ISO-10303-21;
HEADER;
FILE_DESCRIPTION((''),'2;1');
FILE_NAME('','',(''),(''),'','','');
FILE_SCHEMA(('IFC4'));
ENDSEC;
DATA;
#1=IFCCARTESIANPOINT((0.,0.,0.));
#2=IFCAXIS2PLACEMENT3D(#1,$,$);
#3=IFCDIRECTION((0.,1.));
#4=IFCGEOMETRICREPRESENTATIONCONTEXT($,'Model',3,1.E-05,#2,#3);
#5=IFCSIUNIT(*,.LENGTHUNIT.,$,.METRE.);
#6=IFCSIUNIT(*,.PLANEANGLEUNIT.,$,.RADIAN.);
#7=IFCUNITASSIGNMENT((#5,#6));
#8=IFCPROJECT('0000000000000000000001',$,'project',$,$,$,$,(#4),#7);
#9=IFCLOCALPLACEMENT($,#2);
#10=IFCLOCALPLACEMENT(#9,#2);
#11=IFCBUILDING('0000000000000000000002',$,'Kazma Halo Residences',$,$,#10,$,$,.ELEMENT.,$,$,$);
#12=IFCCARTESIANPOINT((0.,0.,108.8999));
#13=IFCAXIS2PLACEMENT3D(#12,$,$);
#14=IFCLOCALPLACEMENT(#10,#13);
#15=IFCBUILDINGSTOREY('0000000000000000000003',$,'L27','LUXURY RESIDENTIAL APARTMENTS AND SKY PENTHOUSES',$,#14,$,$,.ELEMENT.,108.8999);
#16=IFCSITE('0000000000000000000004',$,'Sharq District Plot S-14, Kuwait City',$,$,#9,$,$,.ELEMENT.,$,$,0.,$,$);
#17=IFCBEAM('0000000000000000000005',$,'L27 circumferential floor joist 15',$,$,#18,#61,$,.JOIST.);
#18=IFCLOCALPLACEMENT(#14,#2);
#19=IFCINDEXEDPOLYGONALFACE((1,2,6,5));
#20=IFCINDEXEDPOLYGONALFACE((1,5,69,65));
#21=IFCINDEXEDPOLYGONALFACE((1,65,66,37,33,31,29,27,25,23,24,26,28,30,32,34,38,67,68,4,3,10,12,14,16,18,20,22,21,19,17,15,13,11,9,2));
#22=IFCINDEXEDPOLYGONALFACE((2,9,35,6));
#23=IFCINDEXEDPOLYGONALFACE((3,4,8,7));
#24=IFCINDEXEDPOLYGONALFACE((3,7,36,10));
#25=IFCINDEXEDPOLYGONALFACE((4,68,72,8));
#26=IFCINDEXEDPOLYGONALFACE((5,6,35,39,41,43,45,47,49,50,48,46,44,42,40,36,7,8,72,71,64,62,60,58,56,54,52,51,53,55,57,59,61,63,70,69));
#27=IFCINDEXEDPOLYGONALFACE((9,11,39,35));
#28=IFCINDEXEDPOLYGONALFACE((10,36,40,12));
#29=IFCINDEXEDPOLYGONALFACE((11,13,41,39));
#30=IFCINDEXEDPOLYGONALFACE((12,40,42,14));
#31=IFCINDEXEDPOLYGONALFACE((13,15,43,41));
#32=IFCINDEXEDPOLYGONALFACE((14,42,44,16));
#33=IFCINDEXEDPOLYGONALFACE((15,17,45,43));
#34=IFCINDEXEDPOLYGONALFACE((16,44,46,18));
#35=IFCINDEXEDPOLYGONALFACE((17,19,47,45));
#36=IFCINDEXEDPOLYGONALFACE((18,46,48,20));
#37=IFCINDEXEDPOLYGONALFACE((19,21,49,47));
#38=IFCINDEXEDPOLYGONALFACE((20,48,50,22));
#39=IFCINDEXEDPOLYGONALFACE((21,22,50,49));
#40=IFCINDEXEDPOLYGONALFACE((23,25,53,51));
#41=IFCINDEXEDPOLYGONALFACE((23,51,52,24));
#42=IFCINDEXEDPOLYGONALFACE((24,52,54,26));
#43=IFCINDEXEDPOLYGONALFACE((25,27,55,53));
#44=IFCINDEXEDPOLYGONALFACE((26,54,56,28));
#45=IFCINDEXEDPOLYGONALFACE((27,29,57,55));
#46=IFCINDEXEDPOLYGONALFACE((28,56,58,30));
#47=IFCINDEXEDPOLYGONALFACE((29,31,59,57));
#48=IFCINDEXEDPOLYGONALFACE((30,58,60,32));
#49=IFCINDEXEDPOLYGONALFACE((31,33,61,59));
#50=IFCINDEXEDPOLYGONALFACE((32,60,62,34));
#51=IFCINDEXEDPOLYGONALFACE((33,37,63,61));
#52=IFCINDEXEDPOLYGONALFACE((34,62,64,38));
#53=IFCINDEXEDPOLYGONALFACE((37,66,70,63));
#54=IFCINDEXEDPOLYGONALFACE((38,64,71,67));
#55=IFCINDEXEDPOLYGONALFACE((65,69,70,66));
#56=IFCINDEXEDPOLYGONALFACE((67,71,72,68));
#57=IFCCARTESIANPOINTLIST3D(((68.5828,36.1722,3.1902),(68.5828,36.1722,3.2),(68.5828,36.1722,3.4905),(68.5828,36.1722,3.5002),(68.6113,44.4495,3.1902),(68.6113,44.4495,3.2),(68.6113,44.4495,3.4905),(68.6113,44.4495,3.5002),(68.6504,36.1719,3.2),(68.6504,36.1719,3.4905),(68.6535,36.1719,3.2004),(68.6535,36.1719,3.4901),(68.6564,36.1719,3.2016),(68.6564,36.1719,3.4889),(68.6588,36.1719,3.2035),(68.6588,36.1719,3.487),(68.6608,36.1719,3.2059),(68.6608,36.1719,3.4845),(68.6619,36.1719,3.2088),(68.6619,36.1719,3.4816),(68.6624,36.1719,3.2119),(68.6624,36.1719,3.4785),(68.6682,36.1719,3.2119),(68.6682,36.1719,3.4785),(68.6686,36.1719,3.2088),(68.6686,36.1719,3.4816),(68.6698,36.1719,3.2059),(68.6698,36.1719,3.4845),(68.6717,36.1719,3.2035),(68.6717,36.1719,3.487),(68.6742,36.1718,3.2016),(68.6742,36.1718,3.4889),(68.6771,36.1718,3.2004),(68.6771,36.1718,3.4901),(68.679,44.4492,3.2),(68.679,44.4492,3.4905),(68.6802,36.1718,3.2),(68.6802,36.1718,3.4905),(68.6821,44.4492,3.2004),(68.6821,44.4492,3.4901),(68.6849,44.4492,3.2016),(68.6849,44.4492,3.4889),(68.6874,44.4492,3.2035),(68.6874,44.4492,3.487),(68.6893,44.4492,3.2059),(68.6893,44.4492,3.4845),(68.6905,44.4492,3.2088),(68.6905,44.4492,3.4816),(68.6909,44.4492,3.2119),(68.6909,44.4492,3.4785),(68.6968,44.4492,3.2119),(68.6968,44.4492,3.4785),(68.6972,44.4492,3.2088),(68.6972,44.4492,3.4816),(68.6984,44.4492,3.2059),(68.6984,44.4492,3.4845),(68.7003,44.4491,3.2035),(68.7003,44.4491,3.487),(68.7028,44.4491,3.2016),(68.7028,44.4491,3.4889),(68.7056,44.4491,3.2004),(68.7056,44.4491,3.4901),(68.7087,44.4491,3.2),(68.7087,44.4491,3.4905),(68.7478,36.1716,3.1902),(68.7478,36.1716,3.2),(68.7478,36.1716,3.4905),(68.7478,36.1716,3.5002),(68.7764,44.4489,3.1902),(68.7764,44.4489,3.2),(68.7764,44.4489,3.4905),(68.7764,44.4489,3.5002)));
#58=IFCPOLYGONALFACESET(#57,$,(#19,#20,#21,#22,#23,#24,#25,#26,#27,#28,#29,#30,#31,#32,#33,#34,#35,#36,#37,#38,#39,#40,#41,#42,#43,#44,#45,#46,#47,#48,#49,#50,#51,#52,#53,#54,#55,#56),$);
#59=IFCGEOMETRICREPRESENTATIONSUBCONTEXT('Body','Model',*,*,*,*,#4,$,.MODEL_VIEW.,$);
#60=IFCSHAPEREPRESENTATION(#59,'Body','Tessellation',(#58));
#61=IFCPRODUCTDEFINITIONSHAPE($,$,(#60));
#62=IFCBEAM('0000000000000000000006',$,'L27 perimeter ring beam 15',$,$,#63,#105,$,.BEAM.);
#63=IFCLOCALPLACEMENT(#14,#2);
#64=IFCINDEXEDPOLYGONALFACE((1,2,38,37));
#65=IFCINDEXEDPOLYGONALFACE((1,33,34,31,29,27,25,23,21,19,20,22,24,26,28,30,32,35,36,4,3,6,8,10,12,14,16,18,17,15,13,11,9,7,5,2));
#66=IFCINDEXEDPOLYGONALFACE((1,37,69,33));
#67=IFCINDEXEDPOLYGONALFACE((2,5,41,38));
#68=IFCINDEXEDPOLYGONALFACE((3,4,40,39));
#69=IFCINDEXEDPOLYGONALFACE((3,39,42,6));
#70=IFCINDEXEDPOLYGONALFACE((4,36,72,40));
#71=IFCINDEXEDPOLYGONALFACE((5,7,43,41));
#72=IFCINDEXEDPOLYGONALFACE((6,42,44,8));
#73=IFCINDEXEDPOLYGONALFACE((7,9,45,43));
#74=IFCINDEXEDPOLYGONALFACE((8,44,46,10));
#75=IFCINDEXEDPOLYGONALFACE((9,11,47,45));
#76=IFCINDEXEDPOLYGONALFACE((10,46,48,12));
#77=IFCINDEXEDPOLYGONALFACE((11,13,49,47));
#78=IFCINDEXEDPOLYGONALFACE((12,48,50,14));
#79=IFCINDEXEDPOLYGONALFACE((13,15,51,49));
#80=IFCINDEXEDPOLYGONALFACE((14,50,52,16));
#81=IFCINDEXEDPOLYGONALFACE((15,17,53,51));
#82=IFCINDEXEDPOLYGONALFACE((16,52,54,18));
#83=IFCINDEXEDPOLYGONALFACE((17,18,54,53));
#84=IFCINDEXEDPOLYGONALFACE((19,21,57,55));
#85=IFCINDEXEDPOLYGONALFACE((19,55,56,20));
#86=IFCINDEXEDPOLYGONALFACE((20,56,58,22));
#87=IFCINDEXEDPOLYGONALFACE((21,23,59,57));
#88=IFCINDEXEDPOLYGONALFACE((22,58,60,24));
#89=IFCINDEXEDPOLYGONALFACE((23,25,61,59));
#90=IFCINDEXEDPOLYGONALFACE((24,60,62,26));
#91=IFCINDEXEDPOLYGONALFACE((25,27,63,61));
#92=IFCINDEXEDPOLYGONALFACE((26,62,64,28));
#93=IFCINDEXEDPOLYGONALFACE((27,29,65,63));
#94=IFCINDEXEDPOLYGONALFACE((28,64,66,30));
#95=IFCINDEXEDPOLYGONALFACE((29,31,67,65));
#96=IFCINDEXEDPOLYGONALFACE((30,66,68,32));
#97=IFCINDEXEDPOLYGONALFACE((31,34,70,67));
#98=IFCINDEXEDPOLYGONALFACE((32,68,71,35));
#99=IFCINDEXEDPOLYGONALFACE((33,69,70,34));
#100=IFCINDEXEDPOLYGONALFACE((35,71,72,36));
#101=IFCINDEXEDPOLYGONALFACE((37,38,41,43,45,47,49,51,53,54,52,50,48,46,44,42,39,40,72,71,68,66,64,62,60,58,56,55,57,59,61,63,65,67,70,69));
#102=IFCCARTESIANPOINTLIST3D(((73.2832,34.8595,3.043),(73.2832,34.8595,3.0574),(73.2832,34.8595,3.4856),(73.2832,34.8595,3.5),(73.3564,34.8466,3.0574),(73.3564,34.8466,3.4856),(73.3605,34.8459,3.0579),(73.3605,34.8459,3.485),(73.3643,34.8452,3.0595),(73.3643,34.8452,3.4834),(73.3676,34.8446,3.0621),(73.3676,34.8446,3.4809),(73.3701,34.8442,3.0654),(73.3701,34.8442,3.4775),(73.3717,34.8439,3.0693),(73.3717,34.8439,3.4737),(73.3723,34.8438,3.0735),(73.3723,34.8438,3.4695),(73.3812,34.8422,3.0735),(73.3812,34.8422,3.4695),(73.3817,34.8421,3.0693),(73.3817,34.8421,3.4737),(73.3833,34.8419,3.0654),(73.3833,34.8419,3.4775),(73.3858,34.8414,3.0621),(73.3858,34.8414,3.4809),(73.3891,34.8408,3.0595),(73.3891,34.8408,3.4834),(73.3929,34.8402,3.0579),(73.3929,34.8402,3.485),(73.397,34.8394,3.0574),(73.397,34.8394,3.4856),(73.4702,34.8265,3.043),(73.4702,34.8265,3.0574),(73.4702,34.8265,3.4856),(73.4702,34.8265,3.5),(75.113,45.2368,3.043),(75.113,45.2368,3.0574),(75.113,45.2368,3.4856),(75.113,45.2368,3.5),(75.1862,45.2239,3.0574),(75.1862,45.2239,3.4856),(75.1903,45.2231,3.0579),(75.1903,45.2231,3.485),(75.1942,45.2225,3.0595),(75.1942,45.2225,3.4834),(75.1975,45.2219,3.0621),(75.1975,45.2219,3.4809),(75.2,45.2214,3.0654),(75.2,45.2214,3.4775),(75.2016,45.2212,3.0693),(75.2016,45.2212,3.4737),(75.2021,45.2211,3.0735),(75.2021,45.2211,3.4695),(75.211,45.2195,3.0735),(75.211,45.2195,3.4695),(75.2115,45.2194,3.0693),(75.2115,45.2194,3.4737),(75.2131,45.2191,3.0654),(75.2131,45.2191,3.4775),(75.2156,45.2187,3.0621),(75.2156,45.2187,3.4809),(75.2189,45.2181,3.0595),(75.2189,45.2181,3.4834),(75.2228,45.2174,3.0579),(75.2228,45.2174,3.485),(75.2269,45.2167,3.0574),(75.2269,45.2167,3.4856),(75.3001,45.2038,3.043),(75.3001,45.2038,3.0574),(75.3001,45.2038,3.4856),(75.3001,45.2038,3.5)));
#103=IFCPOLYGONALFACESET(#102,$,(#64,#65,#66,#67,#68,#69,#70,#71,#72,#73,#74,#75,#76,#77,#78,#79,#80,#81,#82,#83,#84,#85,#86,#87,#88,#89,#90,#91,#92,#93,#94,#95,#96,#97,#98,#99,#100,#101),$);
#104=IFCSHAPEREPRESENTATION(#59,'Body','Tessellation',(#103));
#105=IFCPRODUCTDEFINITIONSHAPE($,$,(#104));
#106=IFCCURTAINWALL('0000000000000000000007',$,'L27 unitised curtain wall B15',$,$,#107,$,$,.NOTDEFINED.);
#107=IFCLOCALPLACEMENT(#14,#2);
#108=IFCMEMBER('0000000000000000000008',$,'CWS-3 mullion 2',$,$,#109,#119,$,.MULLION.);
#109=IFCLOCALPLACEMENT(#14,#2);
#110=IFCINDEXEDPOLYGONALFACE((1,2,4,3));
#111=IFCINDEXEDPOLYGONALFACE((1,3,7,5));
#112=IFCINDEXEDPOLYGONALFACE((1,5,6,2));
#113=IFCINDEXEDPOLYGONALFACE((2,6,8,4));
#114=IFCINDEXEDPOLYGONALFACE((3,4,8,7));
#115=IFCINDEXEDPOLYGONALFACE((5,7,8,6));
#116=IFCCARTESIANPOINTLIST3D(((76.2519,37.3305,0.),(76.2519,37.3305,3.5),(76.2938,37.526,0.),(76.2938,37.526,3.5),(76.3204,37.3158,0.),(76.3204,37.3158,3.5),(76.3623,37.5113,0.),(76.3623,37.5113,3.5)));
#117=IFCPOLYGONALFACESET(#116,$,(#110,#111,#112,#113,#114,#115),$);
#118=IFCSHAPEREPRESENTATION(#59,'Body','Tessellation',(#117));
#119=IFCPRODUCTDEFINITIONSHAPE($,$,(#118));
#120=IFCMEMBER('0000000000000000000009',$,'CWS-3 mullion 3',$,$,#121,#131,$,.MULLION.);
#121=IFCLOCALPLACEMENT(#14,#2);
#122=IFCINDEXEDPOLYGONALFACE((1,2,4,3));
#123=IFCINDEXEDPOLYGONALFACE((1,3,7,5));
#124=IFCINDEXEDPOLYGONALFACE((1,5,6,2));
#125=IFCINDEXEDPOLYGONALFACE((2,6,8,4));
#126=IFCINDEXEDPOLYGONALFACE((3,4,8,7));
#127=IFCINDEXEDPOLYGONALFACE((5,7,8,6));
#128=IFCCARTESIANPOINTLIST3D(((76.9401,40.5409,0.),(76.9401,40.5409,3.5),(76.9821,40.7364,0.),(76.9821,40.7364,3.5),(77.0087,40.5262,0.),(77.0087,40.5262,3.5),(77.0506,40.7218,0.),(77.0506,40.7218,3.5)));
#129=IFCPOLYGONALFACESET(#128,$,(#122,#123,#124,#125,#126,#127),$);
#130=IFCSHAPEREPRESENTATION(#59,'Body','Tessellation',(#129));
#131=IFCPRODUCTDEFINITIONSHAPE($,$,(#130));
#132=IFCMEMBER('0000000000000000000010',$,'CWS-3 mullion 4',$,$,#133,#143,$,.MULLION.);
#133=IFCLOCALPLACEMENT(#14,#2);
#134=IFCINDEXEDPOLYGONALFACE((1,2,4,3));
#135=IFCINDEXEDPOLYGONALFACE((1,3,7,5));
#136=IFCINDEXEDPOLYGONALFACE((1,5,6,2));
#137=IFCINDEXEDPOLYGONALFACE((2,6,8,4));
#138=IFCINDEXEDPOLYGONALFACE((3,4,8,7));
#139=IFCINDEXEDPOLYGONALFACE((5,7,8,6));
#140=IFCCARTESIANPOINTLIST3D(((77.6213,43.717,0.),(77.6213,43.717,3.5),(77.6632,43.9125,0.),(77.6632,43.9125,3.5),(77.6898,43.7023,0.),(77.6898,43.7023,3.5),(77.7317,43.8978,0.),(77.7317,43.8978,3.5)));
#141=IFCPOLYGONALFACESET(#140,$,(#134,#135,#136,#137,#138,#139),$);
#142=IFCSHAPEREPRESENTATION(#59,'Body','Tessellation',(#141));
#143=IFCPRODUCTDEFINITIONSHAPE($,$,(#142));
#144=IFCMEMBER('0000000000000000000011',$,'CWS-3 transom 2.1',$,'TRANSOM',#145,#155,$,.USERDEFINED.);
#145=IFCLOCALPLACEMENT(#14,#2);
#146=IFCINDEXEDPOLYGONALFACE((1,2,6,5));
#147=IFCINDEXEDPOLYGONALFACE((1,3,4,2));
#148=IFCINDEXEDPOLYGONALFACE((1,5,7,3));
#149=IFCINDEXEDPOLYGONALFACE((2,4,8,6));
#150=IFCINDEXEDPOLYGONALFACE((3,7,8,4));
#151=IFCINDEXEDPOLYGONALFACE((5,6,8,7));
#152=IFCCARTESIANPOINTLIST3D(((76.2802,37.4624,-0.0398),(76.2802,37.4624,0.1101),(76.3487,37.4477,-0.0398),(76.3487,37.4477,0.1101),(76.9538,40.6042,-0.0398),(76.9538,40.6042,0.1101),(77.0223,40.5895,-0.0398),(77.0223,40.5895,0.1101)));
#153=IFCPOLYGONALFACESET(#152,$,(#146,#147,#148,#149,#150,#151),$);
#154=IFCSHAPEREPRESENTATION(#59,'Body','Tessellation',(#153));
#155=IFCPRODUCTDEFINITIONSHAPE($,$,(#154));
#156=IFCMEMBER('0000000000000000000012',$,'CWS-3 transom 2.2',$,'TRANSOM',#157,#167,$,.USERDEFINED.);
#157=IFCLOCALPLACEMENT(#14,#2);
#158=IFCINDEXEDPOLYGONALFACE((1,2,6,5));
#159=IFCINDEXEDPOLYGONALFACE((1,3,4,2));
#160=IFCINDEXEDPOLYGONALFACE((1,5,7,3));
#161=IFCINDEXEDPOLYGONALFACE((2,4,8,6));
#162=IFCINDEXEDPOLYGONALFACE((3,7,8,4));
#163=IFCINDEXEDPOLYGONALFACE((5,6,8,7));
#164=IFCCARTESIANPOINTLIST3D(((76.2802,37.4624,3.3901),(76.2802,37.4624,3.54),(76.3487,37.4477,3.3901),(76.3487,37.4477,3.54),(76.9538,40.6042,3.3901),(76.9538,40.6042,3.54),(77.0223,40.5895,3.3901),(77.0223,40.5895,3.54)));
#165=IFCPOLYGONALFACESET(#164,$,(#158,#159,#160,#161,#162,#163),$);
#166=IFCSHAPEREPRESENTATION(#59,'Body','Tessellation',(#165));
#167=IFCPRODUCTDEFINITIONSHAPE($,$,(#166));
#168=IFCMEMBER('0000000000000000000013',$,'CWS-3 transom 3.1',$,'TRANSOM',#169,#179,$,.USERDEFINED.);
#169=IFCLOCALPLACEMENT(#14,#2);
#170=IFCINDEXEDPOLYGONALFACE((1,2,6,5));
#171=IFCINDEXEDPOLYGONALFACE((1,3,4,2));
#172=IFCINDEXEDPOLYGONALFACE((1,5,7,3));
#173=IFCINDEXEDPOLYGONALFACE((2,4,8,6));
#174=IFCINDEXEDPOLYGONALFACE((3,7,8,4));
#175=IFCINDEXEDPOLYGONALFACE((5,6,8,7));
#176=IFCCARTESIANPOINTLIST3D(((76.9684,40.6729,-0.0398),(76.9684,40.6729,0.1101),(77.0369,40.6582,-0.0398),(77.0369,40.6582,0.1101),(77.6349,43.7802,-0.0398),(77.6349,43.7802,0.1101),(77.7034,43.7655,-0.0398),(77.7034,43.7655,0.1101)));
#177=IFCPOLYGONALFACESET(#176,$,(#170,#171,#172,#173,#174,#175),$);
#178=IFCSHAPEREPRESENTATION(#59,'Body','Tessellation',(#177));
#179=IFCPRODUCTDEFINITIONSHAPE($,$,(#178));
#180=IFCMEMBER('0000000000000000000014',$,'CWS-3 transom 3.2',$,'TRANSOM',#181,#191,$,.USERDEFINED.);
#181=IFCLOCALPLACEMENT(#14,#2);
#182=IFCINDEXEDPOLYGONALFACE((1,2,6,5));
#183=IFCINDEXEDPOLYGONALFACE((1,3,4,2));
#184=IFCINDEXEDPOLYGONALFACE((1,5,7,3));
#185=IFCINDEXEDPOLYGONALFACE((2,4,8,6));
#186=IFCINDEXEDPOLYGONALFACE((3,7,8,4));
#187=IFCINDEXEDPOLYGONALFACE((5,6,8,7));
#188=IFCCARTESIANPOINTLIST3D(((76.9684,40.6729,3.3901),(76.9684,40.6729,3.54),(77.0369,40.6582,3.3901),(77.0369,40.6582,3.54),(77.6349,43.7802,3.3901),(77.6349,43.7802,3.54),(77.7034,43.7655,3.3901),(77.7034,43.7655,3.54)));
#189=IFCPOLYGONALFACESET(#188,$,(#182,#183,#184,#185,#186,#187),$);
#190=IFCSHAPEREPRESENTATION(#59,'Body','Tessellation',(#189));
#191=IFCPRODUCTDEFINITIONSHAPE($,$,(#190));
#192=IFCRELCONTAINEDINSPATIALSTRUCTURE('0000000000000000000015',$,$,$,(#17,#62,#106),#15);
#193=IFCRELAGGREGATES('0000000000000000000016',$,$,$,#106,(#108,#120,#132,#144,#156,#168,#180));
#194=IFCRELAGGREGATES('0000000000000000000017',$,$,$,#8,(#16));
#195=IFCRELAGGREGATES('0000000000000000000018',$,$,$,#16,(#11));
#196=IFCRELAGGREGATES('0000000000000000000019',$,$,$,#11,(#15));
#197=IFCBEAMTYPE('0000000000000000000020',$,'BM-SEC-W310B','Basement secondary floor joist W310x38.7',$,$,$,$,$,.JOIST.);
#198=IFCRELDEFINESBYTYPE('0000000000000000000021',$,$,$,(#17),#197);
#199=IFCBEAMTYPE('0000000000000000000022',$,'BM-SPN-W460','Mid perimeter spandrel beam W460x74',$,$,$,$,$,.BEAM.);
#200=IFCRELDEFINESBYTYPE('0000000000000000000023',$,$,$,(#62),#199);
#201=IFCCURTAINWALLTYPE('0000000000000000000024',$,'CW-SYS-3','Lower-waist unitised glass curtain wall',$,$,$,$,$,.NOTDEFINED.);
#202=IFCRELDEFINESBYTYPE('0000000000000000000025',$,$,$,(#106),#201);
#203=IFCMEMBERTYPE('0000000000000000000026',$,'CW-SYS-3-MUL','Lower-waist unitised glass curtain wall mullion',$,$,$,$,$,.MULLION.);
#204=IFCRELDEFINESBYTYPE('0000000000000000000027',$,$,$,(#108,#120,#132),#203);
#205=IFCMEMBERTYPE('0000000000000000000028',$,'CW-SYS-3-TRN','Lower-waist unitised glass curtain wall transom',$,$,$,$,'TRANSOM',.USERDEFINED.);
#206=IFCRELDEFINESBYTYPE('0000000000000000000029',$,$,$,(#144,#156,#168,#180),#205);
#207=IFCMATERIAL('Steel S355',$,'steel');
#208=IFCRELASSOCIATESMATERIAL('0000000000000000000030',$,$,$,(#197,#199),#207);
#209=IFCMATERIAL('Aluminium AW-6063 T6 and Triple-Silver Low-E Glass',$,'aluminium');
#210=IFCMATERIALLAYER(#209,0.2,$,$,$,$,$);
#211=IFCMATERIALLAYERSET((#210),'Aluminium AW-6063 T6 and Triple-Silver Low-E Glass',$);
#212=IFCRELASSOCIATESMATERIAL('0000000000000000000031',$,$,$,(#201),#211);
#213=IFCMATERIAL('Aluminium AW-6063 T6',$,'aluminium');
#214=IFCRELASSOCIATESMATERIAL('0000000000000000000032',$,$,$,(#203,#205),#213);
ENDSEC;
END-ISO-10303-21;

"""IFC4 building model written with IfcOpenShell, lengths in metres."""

from ifc_helpers import new_model, si_unit, direction, frame, origin, origin_2d, place, context, subcontext, project, spatial, rectangle, i_section, extrude, material, layer, layer_set, material_profile, profile_set, type_object, element, aggregate, save


model = new_model("IFC4")

# Units and contexts
model_context = context("Model", 3, precision=1e-05, world=origin(), true_north=direction((0.0, 1.0)))
body_context = subcontext(model_context, "Body", "Model", "MODEL_VIEW")
ifc_project = project(units=[si_unit("LENGTHUNIT", "METRE"), si_unit("PLANEANGLEUNIT", "RADIAN")], contexts=[model_context])

# Site, building, storey
site_placement = place(None, origin())
site = spatial("IfcSite", under=ifc_project, at=site_placement, Name="Sharq District Plot S-14, Kuwait City", CompositionType="ELEMENT", RefElevation=0.0)
building_placement = place(site_placement, origin())
building = spatial("IfcBuilding", under=site, at=building_placement, Name="Kazma Halo Residences", CompositionType="ELEMENT")
storey_placement = place(building_placement, frame((0.0, 0.0, 108.8999)))
storey = spatial("IfcBuildingStorey", under=building, at=storey_placement, Name="L27", Description="LUXURY RESIDENTIAL APARTMENTS AND SKY PENTHOUSES", CompositionType="ELEMENT", Elevation=108.8999)

# Beams
ifc_material_1 = material(Name="Steel S355", Category="steel")
ifc_material_profile_1 = material_profile(ifc_material_1, i_section(OverallWidth=0.165, OverallDepth=0.3101, WebThickness=0.0059, FlangeThickness=0.0098, FilletRadius=0.012, at=origin_2d()), Name="W310x38.7")
ifc_profile_set_1 = profile_set([ifc_material_profile_1], Name="Steel S355")
beam_type_1 = type_object("IfcBeamType", Name="BM-SEC-W310B", Description="Basement secondary floor joist W310x38.7", PredefinedType="JOIST", material=ifc_profile_set_1)
beam_1_placement = place(storey_placement, frame((68.6653, 36.1719, 3.3452), z_axis=(0.003451, 0.999994, 0.0), x_axis=(-0.999994, 0.003451, 0.0)))
element("IfcBeam", 1, at=beam_1_placement, inside=storey, type_object=beam_type_1, Name="L27 circumferential floor joist 15", PredefinedType="JOIST", context=body_context, shape_type="SweptSolid", body=[
    extrude(i_section(OverallWidth=0.165, OverallDepth=0.3101, WebThickness=0.0059, FlangeThickness=0.0098, FilletRadius=0.012, at=origin_2d()), origin(), (0.0, 0.0, 1.0), 8.2773),
])
ifc_material_profile_2 = material_profile(ifc_material_1, i_section(OverallWidth=0.1899, OverallDepth=0.457, WebThickness=0.009, FlangeThickness=0.0144, FilletRadius=0.0161, at=origin_2d()), Name="W460x74")
ifc_profile_set_2 = profile_set([ifc_material_profile_2], Name="Steel S355")
beam_type_2 = type_object("IfcBeamType", Name="BM-SPN-W460", Description="Mid perimeter spandrel beam W460x74", PredefinedType="BEAM", material=ifc_profile_set_2)
beam_2_placement = place(storey_placement, frame((73.3767, 34.843, 3.2715), z_axis=(0.173653, 0.984807, 0.0), x_axis=(-0.984807, 0.173653, 0.0)))
element("IfcBeam", 2, at=beam_2_placement, inside=storey, type_object=beam_type_2, Name="L27 perimeter ring beam 15", PredefinedType="BEAM", context=body_context, shape_type="SweptSolid", body=[
    extrude(i_section(OverallWidth=0.1899, OverallDepth=0.457, WebThickness=0.009, FlangeThickness=0.0144, FilletRadius=0.0161, at=origin_2d()), origin(), (0.0, 0.0, 1.0), 10.5374),
])

# Curtain wall, members
ifc_material_2 = material(Name="Aluminium AW-6063 T6 and Triple-Silver Low-E Glass", Category="aluminium")
ifc_layer_1 = layer(ifc_material_2, 0.2)
ifc_layer_set_1 = layer_set([ifc_layer_1], Name="Aluminium AW-6063 T6 and Triple-Silver Low-E Glass")
curtain_wall_type = type_object("IfcCurtainWallType", Name="CW-SYS-3", Description="Lower-waist unitised glass curtain wall", PredefinedType="NOTDEFINED", material=ifc_layer_set_1)
curtain_wall_placement = place(storey_placement, origin())
curtain_wall = element("IfcCurtainWall", 3, at=curtain_wall_placement, inside=storey, type_object=curtain_wall_type, Name="L27 unitised curtain wall B15", PredefinedType="NOTDEFINED")
ifc_material_3 = material(Name="Aluminium AW-6063 T6", Category="aluminium")
ifc_material_profile_3 = material_profile(ifc_material_3, rectangle(XDim=0.0701, YDim=0.2, at=origin_2d()), Name="CWM-70x200")
ifc_profile_set_3 = profile_set([ifc_material_profile_3], Name="Aluminium AW-6063 T6")
member_type_1 = type_object("IfcMemberType", Name="CW-SYS-3-MUL", Description="Lower-waist unitised glass curtain wall mullion", PredefinedType="MULLION", material=ifc_profile_set_3)
member_1_placement = place(storey_placement, frame((76.3071, 37.4209, 0.0), z_axis=(0.0, 0.0, 1.0), x_axis=(-0.977774, 0.209661, 0.0)))
member_1 = element("IfcMember", 4, at=member_1_placement, type_object=member_type_1, Name="CWS-3 mullion 2", PredefinedType="MULLION", context=body_context, shape_type="SweptSolid", body=[
    extrude(rectangle(XDim=0.0701, YDim=0.2, at=origin_2d()), origin(), (0.0, 0.0, 1.0), 3.5),
])
member_2_placement = place(storey_placement, frame((76.9954, 40.6313, 0.0), z_axis=(0.0, 0.0, 1.0), x_axis=(-0.977774, 0.209661, 0.0)))
member_2 = element("IfcMember", 5, at=member_2_placement, type_object=member_type_1, Name="CWS-3 mullion 3", PredefinedType="MULLION", context=body_context, shape_type="SweptSolid", body=[
    extrude(rectangle(XDim=0.0701, YDim=0.2, at=origin_2d()), origin(), (0.0, 0.0, 1.0), 3.5),
])
member_3_placement = place(storey_placement, frame((77.6765, 43.8074, 0.0), z_axis=(0.0, 0.0, 1.0), x_axis=(-0.977774, 0.209661, 0.0)))
member_3 = element("IfcMember", 6, at=member_3_placement, type_object=member_type_1, Name="CWS-3 mullion 4", PredefinedType="MULLION", context=body_context, shape_type="SweptSolid", body=[
    extrude(rectangle(XDim=0.0701, YDim=0.2, at=origin_2d()), origin(), (0.0, 0.0, 1.0), 3.5),
])
ifc_material_profile_4 = material_profile(ifc_material_3, rectangle(XDim=0.0701, YDim=0.1499, at=origin_2d()), Name="CWT-70x150")
ifc_profile_set_4 = profile_set([ifc_material_profile_4], Name="Aluminium AW-6063 T6")
member_type_2 = type_object("IfcMemberType", Name="CW-SYS-3-TRN", Description="Lower-waist unitised glass curtain wall transom", ElementType="TRANSOM", PredefinedType="USERDEFINED", material=ifc_profile_set_4)
member_4_placement = place(storey_placement, frame((76.3145, 37.4551, 0.0352), z_axis=(0.209628, 0.977781, 0.0), x_axis=(-0.977781, 0.209628, 0.0)))
member_4 = element("IfcMember", 7, at=member_4_placement, type_object=member_type_2, Name="CWS-3 transom 2.1", ObjectType="TRANSOM", PredefinedType="USERDEFINED", context=body_context, shape_type="SweptSolid", body=[
    extrude(rectangle(XDim=0.0701, YDim=0.1499, at=origin_2d()), origin(), (0.0, 0.0, 1.0), 3.2131),
])
member_5_placement = place(storey_placement, frame((76.3145, 37.4551, 3.4651), z_axis=(0.209628, 0.977781, 0.0), x_axis=(-0.977781, 0.209628, 0.0)))
member_5 = element("IfcMember", 8, at=member_5_placement, type_object=member_type_2, Name="CWS-3 transom 2.2", ObjectType="TRANSOM", PredefinedType="USERDEFINED", context=body_context, shape_type="SweptSolid", body=[
    extrude(rectangle(XDim=0.0701, YDim=0.1499, at=origin_2d()), origin(), (0.0, 0.0, 1.0), 3.2131),
])
member_6_placement = place(storey_placement, frame((77.0027, 40.6655, 0.0352), z_axis=(0.209718, 0.977762, 0.0), x_axis=(-0.977762, 0.209718, 0.0)))
member_6 = element("IfcMember", 9, at=member_6_placement, type_object=member_type_2, Name="CWS-3 transom 3.1", ObjectType="TRANSOM", PredefinedType="USERDEFINED", context=body_context, shape_type="SweptSolid", body=[
    extrude(rectangle(XDim=0.0701, YDim=0.1499, at=origin_2d()), origin(), (0.0, 0.0, 1.0), 3.178),
])
member_7_placement = place(storey_placement, frame((77.0027, 40.6655, 3.4651), z_axis=(0.209718, 0.977762, 0.0), x_axis=(-0.977762, 0.209718, 0.0)))
member_7 = element("IfcMember", 10, at=member_7_placement, type_object=member_type_2, Name="CWS-3 transom 3.2", ObjectType="TRANSOM", PredefinedType="USERDEFINED", context=body_context, shape_type="SweptSolid", body=[
    extrude(rectangle(XDim=0.0701, YDim=0.1499, at=origin_2d()), origin(), (0.0, 0.0, 1.0), 3.178),
])
aggregate(curtain_wall, [member_1, member_2, member_3, member_4, member_5, member_6, member_7])

save(model, "model.ifc")
